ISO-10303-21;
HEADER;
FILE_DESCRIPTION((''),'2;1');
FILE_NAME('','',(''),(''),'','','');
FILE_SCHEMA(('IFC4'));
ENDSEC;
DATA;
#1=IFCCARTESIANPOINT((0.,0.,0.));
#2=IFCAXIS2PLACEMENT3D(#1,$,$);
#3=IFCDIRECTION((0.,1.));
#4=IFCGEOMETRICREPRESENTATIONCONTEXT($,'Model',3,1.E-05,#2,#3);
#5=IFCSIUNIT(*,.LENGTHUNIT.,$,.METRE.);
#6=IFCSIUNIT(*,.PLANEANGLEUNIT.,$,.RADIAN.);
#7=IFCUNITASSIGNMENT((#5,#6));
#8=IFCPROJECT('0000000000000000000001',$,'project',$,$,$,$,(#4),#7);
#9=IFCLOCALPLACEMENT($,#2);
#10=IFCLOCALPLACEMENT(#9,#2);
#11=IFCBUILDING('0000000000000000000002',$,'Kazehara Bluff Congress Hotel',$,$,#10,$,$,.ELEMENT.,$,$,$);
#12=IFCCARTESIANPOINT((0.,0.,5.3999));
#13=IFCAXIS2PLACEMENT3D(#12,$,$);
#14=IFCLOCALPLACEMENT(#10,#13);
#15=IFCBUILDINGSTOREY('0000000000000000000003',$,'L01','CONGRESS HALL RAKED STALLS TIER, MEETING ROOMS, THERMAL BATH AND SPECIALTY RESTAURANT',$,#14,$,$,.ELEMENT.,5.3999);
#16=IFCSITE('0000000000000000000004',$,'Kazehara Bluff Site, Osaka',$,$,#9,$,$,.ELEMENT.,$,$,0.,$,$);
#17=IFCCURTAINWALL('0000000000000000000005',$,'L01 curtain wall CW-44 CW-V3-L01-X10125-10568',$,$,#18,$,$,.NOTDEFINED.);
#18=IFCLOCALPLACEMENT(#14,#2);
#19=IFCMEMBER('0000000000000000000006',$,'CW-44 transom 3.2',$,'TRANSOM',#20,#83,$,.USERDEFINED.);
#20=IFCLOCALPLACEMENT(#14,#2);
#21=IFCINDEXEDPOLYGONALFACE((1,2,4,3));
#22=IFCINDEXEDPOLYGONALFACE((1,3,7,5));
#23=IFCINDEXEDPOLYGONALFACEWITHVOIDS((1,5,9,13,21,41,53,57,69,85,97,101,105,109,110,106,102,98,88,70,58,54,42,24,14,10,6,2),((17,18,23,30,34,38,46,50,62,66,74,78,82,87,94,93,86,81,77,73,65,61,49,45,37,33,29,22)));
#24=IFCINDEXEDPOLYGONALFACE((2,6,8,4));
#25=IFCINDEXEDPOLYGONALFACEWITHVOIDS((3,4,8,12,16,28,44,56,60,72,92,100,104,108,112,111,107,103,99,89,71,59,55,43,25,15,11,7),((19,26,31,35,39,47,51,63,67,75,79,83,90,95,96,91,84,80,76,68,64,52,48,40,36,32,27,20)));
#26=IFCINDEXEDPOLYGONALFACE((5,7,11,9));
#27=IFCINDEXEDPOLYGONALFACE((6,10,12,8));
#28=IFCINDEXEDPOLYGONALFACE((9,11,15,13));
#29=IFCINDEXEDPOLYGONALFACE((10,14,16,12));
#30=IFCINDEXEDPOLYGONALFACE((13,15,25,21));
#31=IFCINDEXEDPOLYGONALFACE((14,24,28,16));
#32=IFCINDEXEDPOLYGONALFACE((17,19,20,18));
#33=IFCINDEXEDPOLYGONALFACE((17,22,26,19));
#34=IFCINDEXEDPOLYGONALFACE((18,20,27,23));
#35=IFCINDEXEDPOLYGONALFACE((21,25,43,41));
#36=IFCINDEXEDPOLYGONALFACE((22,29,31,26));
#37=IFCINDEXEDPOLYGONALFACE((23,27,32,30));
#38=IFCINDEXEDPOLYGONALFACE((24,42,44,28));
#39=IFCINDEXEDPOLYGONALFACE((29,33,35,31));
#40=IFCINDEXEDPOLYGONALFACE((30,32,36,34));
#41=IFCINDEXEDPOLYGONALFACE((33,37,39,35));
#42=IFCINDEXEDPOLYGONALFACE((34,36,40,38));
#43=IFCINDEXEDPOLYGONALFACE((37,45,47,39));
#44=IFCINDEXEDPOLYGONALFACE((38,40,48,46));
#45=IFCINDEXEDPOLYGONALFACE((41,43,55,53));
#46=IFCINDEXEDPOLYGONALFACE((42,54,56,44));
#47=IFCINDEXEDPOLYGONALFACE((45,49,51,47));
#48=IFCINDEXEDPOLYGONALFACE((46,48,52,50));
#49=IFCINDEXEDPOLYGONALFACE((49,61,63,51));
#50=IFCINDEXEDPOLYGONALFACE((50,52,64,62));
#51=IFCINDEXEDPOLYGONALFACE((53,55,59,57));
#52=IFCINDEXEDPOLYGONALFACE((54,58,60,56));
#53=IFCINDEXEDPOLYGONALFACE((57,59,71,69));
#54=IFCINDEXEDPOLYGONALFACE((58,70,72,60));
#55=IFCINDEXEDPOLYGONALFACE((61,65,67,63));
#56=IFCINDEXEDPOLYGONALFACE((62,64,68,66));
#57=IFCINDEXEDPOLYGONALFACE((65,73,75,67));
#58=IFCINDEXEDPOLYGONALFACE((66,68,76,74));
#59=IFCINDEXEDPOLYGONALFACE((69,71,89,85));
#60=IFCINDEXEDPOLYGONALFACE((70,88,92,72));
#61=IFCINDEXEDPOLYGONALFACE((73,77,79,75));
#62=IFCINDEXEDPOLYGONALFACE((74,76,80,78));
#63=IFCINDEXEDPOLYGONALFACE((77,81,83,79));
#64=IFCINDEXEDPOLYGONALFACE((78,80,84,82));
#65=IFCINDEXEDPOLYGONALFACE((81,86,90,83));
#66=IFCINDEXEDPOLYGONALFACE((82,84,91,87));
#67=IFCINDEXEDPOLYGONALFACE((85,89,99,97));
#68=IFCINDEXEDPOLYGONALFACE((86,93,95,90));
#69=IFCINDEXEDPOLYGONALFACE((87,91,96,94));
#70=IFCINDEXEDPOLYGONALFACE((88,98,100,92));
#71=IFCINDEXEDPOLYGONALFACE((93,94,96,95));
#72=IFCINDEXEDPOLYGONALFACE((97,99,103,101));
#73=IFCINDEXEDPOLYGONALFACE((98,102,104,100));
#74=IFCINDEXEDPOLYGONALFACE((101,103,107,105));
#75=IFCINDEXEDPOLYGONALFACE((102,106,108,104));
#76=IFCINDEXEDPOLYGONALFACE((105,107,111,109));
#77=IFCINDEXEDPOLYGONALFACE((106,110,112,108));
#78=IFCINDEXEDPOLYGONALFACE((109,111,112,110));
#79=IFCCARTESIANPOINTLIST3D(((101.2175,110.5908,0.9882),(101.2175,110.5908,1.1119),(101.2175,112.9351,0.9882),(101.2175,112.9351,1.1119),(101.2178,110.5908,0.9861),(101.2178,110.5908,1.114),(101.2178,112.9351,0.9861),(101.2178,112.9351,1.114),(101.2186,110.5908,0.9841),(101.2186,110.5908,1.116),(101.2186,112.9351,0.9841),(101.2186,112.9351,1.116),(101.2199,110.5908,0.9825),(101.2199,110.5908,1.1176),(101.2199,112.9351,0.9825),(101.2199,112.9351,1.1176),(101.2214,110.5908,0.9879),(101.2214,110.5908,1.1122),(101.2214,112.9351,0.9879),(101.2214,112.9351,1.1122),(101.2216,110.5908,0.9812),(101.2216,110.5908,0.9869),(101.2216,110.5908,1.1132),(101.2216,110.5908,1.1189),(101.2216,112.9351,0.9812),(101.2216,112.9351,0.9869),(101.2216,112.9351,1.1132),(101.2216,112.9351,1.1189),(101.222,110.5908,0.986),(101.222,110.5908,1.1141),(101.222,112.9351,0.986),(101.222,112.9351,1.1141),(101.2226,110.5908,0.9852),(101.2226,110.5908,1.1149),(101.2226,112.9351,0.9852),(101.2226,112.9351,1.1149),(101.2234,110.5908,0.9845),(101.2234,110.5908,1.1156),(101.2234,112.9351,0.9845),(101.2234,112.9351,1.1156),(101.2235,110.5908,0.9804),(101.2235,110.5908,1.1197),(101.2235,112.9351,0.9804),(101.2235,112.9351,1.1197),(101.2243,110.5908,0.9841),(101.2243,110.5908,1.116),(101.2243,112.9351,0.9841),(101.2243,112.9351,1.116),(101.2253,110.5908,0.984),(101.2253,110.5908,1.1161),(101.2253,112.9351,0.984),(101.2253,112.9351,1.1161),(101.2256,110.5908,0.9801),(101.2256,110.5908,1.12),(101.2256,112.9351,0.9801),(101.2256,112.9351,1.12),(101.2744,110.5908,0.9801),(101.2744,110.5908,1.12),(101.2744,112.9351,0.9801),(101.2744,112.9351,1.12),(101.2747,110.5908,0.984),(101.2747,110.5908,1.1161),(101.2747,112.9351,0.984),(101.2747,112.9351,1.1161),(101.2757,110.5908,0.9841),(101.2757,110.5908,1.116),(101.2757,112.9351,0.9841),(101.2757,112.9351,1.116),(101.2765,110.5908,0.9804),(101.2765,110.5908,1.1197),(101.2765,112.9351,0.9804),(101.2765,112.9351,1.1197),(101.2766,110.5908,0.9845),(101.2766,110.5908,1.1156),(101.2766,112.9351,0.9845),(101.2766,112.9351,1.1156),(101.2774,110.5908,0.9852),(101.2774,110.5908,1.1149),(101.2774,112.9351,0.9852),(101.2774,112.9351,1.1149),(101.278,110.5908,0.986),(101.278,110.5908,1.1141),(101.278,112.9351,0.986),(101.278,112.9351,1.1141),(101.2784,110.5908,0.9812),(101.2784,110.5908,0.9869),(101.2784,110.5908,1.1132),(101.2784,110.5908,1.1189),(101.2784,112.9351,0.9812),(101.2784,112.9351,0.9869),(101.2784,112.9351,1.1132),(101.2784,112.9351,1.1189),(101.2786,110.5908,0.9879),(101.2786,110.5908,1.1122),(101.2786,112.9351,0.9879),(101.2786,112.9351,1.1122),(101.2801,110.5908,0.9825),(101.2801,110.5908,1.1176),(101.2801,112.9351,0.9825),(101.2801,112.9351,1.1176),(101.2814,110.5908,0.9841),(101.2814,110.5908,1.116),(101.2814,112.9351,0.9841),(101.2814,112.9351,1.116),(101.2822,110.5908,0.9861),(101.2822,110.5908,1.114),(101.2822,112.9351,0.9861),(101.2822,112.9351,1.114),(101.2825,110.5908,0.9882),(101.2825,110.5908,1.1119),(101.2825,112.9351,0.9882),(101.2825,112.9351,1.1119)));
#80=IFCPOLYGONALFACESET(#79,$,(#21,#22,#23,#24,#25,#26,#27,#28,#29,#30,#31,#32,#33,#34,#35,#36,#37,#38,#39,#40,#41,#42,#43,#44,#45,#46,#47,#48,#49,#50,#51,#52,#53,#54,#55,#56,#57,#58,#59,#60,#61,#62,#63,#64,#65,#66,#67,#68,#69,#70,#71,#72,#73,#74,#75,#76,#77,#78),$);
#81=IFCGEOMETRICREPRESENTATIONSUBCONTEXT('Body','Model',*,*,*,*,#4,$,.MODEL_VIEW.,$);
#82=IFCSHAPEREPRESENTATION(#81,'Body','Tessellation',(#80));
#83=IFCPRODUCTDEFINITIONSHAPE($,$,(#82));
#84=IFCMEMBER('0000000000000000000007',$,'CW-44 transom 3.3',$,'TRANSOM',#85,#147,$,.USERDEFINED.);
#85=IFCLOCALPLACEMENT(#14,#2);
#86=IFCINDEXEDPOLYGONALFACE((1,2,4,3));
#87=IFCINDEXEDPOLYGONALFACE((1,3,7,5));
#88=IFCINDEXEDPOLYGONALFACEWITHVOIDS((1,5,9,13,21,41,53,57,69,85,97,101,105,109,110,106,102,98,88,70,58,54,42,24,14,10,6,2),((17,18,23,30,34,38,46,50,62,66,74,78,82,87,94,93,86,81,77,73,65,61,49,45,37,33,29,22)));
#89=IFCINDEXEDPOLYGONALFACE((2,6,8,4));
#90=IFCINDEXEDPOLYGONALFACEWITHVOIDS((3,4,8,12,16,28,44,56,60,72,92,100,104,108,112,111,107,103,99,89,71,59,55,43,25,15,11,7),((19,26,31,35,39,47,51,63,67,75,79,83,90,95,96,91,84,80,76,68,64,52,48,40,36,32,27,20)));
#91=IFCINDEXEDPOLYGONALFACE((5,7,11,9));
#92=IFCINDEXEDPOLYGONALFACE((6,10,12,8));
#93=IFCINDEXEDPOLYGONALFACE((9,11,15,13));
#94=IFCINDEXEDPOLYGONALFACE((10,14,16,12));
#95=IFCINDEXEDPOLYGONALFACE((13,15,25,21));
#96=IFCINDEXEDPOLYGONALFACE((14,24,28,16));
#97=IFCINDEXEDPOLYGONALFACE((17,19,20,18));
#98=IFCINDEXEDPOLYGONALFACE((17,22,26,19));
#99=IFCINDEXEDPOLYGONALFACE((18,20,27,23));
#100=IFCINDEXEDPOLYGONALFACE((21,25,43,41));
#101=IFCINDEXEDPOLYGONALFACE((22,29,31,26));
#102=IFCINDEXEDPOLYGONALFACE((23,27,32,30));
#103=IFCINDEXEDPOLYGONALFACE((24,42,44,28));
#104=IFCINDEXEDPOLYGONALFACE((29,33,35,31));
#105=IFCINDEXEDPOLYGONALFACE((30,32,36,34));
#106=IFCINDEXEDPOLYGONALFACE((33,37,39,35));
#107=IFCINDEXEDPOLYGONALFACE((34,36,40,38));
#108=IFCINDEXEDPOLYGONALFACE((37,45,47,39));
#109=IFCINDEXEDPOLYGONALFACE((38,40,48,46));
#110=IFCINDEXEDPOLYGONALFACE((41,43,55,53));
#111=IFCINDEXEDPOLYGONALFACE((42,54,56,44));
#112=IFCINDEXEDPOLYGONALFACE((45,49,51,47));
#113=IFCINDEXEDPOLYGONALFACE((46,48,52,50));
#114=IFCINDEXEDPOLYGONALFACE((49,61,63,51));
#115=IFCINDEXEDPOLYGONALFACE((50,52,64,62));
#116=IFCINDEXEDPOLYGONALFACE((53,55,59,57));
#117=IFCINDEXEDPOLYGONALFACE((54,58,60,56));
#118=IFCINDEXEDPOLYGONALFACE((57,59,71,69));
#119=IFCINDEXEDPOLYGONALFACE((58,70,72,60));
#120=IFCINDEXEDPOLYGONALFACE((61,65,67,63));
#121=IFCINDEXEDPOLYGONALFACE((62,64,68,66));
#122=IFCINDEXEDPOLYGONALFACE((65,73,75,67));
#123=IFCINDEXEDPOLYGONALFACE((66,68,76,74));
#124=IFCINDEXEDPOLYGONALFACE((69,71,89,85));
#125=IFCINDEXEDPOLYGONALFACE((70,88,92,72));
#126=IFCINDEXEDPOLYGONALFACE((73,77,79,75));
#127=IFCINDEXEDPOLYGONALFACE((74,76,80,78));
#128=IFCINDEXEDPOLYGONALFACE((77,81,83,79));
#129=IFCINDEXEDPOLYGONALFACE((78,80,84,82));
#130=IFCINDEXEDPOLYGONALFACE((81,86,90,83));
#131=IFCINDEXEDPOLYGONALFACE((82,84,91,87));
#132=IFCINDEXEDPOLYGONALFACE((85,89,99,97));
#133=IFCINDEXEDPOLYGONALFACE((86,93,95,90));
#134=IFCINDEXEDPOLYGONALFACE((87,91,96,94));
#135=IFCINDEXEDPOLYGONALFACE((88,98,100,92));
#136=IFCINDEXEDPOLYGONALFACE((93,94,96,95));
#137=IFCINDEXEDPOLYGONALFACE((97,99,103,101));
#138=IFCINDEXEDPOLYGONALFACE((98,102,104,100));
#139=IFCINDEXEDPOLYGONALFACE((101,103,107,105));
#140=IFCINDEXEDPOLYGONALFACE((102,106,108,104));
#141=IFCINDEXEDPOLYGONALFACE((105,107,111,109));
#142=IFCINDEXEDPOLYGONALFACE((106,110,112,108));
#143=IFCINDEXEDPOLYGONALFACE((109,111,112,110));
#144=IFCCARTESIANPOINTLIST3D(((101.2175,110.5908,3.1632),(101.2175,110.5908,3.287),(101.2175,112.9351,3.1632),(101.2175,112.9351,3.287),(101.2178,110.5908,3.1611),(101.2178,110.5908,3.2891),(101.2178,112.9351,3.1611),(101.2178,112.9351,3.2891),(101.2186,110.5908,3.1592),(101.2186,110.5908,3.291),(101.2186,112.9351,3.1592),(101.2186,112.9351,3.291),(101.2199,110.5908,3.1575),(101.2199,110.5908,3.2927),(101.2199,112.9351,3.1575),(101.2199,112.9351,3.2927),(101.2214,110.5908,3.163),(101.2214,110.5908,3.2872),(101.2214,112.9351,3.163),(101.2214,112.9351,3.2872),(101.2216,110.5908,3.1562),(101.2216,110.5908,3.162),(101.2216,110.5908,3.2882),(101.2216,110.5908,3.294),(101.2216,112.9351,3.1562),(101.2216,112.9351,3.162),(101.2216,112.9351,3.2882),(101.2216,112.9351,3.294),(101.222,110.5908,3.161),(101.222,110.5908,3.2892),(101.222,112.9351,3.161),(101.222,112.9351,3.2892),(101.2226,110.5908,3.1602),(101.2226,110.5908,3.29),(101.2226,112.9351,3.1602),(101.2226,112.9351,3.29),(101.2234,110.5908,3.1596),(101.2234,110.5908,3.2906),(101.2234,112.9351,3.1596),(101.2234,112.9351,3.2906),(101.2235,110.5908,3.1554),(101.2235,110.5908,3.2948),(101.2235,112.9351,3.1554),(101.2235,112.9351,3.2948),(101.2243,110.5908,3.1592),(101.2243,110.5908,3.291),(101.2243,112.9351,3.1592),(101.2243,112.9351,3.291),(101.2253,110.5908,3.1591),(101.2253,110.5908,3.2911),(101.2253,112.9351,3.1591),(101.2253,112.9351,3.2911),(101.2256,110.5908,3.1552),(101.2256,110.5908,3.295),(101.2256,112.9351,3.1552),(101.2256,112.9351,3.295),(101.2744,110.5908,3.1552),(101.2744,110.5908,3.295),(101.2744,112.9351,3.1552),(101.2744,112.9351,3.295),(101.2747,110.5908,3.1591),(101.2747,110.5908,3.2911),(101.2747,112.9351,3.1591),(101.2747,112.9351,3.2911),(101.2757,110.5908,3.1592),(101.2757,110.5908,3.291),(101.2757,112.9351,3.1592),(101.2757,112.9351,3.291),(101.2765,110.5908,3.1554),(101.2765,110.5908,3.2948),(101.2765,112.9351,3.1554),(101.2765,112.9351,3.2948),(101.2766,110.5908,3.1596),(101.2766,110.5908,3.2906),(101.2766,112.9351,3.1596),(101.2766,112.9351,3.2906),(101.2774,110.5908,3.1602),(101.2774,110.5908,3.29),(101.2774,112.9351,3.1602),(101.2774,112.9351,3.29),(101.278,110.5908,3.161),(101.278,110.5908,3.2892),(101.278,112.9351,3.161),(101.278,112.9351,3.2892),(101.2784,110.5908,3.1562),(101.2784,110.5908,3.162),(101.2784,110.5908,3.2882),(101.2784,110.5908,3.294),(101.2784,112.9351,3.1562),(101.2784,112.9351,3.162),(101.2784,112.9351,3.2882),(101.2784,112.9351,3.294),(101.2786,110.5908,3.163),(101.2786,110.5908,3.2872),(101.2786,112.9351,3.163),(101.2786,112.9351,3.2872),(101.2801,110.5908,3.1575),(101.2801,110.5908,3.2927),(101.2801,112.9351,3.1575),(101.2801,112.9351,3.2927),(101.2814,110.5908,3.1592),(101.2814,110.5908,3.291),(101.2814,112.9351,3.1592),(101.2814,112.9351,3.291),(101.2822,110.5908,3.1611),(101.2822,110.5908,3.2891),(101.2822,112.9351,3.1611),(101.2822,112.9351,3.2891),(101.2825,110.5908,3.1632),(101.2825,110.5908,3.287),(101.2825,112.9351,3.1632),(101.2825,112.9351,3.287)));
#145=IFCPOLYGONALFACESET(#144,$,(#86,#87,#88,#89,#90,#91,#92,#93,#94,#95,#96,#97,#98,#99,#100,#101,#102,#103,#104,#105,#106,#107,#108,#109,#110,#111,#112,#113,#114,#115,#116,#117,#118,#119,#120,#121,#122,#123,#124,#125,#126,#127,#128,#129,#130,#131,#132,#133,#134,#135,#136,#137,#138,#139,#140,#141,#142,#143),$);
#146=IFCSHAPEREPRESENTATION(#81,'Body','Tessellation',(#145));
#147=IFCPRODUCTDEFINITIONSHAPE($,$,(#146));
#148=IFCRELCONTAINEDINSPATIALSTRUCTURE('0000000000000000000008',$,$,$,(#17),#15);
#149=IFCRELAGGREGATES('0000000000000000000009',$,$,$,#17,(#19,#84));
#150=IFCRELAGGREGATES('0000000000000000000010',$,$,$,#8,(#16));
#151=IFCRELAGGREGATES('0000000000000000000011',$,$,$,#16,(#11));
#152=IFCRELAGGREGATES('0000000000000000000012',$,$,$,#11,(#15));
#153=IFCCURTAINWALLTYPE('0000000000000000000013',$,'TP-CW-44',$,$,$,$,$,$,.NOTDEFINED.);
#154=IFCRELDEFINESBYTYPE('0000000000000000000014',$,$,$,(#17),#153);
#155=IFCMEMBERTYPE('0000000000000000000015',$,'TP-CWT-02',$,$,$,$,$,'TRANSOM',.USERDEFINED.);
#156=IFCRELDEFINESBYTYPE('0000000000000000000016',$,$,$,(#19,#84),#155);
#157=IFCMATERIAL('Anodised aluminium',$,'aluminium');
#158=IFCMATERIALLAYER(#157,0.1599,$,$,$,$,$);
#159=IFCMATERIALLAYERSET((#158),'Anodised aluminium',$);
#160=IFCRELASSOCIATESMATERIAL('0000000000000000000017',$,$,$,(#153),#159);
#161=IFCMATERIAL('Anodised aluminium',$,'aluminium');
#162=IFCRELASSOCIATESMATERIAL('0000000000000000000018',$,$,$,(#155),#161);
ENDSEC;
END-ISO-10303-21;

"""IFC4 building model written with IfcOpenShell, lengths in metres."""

from ifc_helpers import new_model, si_unit, direction, frame, origin, origin_2d, place, context, subcontext, project, spatial, hollow_rectangle, extrude, material, layer, layer_set, material_profile, profile_set, type_object, element, aggregate, save


model = new_model("IFC4")

# Units and contexts
model_context = context("Model", 3, precision=1e-05, world=origin(), true_north=direction((0.0, 1.0)))
body_context = subcontext(model_context, "Body", "Model", "MODEL_VIEW")
ifc_project = project(units=[si_unit("LENGTHUNIT", "METRE"), si_unit("PLANEANGLEUNIT", "RADIAN")], contexts=[model_context])

# Site, building, storey
site_placement = place(None, origin())
site = spatial("IfcSite", under=ifc_project, at=site_placement, Name="Kazehara Bluff Site, Osaka", CompositionType="ELEMENT", RefElevation=0.0)
building_placement = place(site_placement, origin())
building = spatial("IfcBuilding", under=site, at=building_placement, Name="Kazehara Bluff Congress Hotel", CompositionType="ELEMENT")
storey_placement = place(building_placement, frame((0.0, 0.0, 5.3999)))
storey = spatial("IfcBuildingStorey", under=building, at=storey_placement, Name="L01", Description="CONGRESS HALL RAKED STALLS TIER, MEETING ROOMS, THERMAL BATH AND SPECIALTY RESTAURANT", CompositionType="ELEMENT", Elevation=5.3999)

# Curtain wall, members
ifc_material_1 = material(Name="Anodised aluminium", Category="aluminium")
ifc_layer_1 = layer(ifc_material_1, 0.1599)
ifc_layer_set_1 = layer_set([ifc_layer_1], Name="Anodised aluminium")
curtain_wall_type = type_object("IfcCurtainWallType", Name="TP-CW-44", PredefinedType="NOTDEFINED", material=ifc_layer_set_1)
curtain_wall_placement = place(storey_placement, origin())
curtain_wall = element("IfcCurtainWall", 1, at=curtain_wall_placement, inside=storey, type_object=curtain_wall_type, Name="L01 curtain wall CW-44 CW-V3-L01-X10125-10568", PredefinedType="NOTDEFINED")
ifc_material_2 = material(Name="Anodised aluminium", Category="aluminium")
ifc_material_profile_1 = material_profile(ifc_material_2, hollow_rectangle(XDim=0.0649, YDim=0.1399, WallThickness=0.0039, InnerFilletRadius=0.0039, OuterFilletRadius=0.0081, at=origin_2d()))
ifc_profile_set_1 = profile_set([ifc_material_profile_1], Name="Anodised aluminium")
member_type_1 = type_object("IfcMemberType", Name="TP-CWT-02", ElementType="TRANSOM", PredefinedType="USERDEFINED", material=ifc_profile_set_1)
member_1_placement = place(storey_placement, frame((101.25, 110.5908, 1.05), z_axis=(0.0, 1.0, 0.0), x_axis=(-1.0, 0.0, 0.0)))
member_1 = element("IfcMember", 2, at=member_1_placement, type_object=member_type_1, Name="CW-44 transom 3.2", ObjectType="TRANSOM", PredefinedType="USERDEFINED", context=body_context, shape_type="SweptSolid", body=[
    extrude(hollow_rectangle(XDim=0.0649, YDim=0.1399, WallThickness=0.0039, InnerFilletRadius=0.0039, OuterFilletRadius=0.0081, at=origin_2d()), origin(), (0.0, 0.0, 1.0), 2.3442),
])
member_2_placement = place(storey_placement, frame((101.25, 110.5908, 3.2251), z_axis=(0.0, 1.0, 0.0), x_axis=(-1.0, 0.0, 0.0)))
member_2 = element("IfcMember", 3, at=member_2_placement, type_object=member_type_1, Name="CW-44 transom 3.3", ObjectType="TRANSOM", PredefinedType="USERDEFINED", context=body_context, shape_type="SweptSolid", body=[
    extrude(hollow_rectangle(XDim=0.0649, YDim=0.1399, WallThickness=0.0039, InnerFilletRadius=0.0039, OuterFilletRadius=0.0081, at=origin_2d()), origin(), (0.0, 0.0, 1.0), 2.3442),
])

aggregate(curtain_wall, [member_1, member_2])

save(model, "model.ifc")
